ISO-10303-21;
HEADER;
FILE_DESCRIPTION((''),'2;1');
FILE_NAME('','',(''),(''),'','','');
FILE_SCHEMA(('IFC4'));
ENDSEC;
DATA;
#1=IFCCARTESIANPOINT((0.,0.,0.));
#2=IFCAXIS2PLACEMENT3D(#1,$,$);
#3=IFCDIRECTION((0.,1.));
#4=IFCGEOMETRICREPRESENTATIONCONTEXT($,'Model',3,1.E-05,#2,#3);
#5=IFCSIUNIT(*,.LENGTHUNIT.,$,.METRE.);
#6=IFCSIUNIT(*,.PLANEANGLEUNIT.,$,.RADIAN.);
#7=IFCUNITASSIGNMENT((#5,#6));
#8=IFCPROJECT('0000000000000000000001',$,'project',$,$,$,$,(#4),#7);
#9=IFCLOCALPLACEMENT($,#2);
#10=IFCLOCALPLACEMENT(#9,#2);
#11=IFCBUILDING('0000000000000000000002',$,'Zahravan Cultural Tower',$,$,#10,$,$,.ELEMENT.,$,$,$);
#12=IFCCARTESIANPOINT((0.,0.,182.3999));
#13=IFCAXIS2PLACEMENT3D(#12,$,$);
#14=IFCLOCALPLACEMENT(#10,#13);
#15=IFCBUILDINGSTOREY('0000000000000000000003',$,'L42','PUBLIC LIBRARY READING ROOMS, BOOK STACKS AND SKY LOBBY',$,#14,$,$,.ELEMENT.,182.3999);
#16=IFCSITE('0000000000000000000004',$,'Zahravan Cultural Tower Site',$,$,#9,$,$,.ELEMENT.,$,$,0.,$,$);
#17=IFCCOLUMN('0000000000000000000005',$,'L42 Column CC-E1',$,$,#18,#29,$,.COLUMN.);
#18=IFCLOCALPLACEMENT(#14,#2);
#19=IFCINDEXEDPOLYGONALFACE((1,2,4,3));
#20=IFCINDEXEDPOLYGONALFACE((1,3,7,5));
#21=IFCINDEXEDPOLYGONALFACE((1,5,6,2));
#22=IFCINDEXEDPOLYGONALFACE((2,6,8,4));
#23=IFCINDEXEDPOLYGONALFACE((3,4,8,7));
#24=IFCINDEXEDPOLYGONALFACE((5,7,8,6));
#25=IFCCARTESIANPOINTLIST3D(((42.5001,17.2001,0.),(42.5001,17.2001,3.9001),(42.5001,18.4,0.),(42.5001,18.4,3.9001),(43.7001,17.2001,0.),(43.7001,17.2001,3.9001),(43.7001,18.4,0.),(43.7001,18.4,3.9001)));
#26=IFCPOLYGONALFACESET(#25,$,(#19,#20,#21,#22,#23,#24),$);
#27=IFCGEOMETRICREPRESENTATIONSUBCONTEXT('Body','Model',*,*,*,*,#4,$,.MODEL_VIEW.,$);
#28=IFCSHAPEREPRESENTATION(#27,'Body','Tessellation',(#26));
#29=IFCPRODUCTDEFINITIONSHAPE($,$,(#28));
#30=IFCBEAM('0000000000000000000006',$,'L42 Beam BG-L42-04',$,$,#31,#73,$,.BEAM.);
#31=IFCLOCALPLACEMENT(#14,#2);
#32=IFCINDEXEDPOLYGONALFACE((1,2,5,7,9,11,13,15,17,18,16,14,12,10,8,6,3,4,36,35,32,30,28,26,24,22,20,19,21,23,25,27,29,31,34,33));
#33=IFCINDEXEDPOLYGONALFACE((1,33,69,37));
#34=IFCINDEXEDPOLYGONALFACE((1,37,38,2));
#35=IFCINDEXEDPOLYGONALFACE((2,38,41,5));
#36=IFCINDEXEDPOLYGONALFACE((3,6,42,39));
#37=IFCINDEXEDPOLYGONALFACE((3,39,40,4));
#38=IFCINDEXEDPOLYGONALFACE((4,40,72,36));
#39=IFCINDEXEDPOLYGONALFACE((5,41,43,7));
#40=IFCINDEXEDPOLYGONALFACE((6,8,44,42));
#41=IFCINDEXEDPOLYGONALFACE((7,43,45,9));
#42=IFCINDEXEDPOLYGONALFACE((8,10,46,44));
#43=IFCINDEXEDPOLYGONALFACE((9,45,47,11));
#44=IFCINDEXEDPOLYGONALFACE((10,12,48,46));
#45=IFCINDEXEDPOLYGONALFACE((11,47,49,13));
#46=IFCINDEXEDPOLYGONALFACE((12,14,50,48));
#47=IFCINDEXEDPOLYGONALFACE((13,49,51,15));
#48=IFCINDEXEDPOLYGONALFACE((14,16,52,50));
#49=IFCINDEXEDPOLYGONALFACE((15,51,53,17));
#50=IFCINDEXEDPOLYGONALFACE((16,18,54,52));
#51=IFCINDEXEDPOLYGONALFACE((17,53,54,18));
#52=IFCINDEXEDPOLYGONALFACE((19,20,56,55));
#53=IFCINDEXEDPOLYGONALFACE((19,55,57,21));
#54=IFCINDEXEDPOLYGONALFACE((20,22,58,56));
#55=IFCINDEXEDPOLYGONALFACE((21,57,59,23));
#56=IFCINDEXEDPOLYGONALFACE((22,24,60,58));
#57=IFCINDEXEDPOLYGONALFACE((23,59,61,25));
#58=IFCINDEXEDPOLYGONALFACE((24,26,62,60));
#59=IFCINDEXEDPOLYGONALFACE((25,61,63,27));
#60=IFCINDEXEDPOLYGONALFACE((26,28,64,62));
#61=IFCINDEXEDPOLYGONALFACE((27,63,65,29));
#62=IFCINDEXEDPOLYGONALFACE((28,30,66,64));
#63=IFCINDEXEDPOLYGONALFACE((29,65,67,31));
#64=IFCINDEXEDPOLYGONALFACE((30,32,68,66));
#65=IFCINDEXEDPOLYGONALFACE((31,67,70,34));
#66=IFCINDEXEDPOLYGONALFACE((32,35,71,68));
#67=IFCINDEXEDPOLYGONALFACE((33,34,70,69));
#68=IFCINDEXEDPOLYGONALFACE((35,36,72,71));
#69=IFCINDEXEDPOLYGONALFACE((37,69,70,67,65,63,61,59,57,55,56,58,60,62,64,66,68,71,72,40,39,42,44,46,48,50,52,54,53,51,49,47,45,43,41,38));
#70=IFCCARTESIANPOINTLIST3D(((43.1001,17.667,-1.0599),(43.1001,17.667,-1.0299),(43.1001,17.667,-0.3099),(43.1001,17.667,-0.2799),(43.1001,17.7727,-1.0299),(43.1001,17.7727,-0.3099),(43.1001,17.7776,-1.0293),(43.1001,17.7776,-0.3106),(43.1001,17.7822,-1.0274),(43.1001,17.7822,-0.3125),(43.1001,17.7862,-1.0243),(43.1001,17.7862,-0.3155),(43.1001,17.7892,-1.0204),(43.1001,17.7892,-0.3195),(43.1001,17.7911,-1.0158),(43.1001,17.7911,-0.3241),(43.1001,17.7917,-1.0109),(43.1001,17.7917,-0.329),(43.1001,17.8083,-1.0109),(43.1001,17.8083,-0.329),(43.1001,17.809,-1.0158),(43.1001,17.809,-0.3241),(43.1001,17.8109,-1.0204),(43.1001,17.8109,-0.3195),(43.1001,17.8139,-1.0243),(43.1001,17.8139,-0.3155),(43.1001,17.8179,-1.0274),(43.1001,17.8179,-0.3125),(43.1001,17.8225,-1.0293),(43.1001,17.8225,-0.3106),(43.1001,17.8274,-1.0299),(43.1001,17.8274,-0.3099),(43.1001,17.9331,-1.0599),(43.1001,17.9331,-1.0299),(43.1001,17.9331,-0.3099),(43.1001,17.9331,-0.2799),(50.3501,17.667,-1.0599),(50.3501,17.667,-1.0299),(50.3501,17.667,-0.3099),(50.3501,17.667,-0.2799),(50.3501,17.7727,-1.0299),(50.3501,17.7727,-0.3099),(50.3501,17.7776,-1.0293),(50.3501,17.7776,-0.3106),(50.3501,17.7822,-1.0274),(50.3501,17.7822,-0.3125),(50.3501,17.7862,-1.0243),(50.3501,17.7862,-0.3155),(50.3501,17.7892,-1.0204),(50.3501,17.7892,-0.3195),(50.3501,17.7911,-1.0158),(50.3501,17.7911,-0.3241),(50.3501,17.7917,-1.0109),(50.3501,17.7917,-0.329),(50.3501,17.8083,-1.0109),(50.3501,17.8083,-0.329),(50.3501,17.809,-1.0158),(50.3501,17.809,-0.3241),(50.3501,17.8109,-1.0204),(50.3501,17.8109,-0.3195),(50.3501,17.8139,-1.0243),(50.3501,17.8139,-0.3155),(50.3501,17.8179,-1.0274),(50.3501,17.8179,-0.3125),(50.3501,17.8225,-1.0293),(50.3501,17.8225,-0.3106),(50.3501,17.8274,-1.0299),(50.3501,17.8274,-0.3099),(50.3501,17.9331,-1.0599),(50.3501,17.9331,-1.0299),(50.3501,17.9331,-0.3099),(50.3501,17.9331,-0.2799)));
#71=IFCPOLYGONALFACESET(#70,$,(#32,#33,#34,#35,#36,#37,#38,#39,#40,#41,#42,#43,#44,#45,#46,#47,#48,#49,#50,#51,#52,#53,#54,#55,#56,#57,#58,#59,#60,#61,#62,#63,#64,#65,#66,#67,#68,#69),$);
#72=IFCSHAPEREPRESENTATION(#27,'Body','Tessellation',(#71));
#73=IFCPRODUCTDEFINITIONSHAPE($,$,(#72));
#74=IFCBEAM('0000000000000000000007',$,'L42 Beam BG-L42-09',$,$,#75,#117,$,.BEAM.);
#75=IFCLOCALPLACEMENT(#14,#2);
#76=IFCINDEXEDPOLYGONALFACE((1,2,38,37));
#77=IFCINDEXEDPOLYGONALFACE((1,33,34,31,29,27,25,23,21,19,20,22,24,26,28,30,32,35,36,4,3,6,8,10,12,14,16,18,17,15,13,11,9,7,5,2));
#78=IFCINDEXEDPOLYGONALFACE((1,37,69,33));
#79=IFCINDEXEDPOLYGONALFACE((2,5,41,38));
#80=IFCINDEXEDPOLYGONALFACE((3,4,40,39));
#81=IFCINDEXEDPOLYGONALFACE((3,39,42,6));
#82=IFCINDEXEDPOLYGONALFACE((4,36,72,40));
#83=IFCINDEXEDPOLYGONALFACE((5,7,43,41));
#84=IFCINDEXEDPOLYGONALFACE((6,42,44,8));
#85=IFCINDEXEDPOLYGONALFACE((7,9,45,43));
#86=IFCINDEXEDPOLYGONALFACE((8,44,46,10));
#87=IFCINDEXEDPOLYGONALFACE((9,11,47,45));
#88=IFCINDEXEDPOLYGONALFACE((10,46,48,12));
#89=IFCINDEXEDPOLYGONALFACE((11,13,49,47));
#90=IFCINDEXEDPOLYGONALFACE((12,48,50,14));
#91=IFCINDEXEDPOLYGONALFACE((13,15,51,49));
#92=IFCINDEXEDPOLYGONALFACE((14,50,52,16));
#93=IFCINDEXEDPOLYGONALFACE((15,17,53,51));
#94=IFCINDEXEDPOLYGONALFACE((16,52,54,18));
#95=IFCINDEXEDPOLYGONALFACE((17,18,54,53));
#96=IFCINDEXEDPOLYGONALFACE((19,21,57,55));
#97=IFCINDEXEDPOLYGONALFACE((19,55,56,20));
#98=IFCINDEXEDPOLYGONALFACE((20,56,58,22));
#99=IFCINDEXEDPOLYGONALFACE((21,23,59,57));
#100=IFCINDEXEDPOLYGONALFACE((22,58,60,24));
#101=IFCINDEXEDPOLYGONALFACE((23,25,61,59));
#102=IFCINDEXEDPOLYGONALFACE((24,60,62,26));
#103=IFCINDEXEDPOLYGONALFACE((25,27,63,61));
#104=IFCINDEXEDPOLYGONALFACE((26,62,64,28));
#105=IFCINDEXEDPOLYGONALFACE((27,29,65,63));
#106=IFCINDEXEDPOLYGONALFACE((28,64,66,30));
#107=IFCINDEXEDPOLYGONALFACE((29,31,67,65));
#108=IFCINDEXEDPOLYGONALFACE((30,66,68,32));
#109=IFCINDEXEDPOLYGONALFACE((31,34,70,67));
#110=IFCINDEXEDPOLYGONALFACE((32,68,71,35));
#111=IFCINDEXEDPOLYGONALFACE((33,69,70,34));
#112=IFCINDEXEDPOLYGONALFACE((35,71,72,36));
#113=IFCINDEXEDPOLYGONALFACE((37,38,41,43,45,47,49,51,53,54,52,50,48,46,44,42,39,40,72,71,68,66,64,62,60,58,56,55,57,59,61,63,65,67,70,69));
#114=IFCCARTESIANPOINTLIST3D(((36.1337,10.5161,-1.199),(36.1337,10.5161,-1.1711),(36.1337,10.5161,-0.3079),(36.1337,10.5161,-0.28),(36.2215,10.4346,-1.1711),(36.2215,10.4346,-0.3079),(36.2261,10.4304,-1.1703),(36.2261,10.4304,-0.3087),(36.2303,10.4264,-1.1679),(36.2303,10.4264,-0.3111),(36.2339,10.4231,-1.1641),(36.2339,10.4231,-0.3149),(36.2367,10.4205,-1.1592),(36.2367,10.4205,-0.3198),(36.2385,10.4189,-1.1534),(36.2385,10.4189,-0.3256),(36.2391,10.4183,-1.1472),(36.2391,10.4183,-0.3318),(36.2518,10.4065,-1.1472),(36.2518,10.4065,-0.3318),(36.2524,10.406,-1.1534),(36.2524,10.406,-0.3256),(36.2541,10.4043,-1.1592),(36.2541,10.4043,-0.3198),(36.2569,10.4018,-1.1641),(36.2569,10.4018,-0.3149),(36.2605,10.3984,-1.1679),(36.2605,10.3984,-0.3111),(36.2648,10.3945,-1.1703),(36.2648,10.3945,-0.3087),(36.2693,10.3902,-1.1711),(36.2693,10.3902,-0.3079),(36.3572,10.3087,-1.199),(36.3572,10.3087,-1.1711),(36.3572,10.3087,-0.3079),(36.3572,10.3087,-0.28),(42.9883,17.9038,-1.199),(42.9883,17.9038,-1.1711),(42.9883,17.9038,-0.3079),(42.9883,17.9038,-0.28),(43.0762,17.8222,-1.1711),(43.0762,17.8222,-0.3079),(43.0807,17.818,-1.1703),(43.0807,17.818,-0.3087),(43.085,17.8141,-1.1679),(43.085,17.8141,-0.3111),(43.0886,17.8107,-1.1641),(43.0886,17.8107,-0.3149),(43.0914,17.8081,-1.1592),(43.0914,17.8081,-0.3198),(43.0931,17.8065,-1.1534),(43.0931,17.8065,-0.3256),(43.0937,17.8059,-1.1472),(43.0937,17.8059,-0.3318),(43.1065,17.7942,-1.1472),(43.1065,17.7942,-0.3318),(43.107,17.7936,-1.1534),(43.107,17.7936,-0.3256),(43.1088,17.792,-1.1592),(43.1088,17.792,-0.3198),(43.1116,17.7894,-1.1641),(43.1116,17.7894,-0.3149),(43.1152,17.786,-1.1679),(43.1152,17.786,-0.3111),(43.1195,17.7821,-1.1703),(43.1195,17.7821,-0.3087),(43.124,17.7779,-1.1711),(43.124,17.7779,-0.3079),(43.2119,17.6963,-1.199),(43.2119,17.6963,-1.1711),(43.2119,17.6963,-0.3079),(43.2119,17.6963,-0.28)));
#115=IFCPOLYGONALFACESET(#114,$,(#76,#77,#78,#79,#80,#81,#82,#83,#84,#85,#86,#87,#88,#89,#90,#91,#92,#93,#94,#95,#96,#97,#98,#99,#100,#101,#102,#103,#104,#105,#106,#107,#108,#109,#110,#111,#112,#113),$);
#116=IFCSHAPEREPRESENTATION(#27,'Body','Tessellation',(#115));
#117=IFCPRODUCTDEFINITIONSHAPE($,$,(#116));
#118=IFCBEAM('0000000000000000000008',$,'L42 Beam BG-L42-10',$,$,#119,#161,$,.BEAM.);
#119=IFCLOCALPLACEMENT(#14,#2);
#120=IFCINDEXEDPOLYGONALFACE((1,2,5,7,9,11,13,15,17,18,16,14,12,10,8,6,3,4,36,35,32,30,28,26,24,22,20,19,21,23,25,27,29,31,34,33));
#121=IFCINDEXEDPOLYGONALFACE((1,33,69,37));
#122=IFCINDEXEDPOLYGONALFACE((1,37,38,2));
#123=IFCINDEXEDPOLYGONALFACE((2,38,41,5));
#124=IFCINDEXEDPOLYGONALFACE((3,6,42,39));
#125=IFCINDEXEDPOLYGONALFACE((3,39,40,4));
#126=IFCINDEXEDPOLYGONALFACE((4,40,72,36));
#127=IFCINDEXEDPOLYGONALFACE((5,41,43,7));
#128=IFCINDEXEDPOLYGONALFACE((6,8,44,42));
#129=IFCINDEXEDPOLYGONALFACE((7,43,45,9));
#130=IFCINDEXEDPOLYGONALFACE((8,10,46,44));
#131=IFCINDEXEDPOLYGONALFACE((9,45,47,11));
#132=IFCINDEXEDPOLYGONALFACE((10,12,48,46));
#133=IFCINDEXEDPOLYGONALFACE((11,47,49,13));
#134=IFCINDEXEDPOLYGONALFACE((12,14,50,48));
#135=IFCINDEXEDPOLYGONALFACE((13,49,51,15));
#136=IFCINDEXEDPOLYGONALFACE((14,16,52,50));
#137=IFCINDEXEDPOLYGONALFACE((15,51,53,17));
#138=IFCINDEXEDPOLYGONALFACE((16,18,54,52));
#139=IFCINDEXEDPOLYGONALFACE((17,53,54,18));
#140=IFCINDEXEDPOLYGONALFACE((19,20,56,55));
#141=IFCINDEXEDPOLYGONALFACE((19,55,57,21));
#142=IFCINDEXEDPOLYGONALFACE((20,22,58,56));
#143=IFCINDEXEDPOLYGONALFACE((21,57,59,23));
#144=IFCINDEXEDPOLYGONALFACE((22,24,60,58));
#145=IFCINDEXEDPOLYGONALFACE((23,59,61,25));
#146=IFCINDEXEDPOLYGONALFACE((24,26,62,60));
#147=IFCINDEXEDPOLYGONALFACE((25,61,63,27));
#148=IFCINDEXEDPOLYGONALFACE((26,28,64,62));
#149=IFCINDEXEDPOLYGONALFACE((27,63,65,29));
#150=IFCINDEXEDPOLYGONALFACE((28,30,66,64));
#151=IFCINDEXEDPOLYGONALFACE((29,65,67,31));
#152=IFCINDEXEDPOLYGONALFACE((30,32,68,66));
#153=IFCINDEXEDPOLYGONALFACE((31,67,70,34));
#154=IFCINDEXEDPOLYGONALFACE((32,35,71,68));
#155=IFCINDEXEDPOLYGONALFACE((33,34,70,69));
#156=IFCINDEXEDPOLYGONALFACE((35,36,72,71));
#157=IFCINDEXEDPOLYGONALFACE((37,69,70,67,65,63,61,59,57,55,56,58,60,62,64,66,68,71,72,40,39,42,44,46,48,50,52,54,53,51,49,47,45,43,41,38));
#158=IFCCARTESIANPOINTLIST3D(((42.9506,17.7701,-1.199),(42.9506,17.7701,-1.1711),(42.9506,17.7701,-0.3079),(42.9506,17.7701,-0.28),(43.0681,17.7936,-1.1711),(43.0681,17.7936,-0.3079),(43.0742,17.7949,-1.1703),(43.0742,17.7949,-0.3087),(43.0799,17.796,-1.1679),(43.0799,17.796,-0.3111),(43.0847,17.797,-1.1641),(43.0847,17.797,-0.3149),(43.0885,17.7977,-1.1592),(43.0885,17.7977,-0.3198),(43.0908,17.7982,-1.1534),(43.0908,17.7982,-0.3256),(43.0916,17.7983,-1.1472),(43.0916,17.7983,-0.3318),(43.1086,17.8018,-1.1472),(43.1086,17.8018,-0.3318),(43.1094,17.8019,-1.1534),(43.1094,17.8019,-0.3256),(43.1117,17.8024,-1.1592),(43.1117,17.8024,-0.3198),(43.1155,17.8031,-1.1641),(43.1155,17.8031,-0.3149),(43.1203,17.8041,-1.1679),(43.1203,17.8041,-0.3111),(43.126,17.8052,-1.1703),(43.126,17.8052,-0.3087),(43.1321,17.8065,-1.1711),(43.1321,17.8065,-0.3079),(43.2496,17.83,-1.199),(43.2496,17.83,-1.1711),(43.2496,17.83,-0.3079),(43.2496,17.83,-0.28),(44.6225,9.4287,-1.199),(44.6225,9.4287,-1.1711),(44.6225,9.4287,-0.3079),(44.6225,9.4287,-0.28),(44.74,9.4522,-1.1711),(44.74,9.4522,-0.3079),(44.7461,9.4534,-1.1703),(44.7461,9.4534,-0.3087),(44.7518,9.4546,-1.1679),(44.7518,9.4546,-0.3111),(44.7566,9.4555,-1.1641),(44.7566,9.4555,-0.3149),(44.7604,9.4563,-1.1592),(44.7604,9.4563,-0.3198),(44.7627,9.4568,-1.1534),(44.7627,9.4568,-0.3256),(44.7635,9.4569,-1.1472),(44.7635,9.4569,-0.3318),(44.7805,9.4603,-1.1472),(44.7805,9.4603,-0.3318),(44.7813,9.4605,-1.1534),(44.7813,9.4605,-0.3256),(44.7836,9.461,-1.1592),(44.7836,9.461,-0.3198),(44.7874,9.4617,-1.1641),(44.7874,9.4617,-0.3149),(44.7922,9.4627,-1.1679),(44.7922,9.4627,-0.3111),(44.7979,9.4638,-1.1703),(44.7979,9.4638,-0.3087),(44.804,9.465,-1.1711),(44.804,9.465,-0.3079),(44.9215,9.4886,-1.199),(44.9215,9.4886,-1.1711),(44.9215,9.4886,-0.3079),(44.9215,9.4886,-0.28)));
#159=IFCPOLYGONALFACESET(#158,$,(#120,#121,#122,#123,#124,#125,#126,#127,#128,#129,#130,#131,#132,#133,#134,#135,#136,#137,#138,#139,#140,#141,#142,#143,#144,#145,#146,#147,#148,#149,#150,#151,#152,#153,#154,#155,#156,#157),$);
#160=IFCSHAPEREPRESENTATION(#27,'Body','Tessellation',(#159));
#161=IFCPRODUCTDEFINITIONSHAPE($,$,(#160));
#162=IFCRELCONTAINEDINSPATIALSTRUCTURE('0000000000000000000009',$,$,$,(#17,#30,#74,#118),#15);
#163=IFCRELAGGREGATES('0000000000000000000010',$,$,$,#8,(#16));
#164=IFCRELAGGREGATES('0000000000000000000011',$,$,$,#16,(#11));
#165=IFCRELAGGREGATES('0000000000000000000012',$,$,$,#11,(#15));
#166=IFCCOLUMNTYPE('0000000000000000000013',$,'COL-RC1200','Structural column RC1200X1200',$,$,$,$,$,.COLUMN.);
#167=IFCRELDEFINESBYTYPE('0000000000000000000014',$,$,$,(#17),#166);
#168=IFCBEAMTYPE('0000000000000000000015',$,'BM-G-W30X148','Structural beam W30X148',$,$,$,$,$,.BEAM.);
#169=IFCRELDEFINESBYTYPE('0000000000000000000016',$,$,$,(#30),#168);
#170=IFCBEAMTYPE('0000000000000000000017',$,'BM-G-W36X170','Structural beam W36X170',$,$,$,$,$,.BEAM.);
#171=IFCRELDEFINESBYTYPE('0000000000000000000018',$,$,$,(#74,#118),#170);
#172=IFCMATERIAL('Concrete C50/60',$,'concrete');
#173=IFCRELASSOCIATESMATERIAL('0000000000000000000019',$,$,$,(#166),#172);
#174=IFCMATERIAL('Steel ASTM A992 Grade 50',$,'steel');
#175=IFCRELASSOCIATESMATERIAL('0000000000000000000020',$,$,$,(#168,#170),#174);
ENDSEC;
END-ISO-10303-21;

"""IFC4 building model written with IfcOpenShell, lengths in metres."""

from ifc_helpers import new_model, si_unit, direction, frame, origin, origin_2d, place, context, subcontext, project, spatial, rectangle, i_section, extrude, source, transform, mapped, material, material_profile, profile_set, type_object, element, save


model = new_model("IFC4")

# Units and contexts
model_context = context("Model", 3, precision=1e-05, world=origin(), true_north=direction((0.0, 1.0)))
body_context = subcontext(model_context, "Body", "Model", "MODEL_VIEW")
ifc_project = project(units=[si_unit("LENGTHUNIT", "METRE"), si_unit("PLANEANGLEUNIT", "RADIAN")], contexts=[model_context])

# Site, building, storey
site_placement = place(None, origin())
site = spatial("IfcSite", under=ifc_project, at=site_placement, Name="Zahravan Cultural Tower Site", CompositionType="ELEMENT", RefElevation=0.0)
building_placement = place(site_placement, origin())
building = spatial("IfcBuilding", under=site, at=building_placement, Name="Zahravan Cultural Tower", CompositionType="ELEMENT")
storey_placement = place(building_placement, frame((0.0, 0.0, 182.3999)))
storey = spatial("IfcBuildingStorey", under=building, at=storey_placement, Name="L42", Description="PUBLIC LIBRARY READING ROOMS, BOOK STACKS AND SKY LOBBY", CompositionType="ELEMENT", Elevation=182.3999)

# Column
ifc_material_1 = material(Name="Concrete C50/60", Category="concrete")
ifc_material_profile_1 = material_profile(ifc_material_1, rectangle(XDim=1.2, YDim=1.2, at=origin_2d()), Name="RC1200X1200")
ifc_profile_set_1 = profile_set([ifc_material_profile_1], Name="Concrete C50/60")
column_type = type_object("IfcColumnType", Name="COL-RC1200", Description="Structural column RC1200X1200", PredefinedType="COLUMN", material=ifc_profile_set_1)
shared_shape_1 = source(origin(), body_context, "Body", "SweptSolid", [
    extrude(rectangle(XDim=1.2, YDim=1.2, at=origin_2d()), origin(), (0.0, 0.0, 1.0), 3.9001),
])
column_placement = place(storey_placement, frame((43.1001, 17.8, 0.0), z_axis=(0.0, 0.0, 1.0), x_axis=(1.0, 0.0, 0.0)))
element("IfcColumn", 1, at=column_placement, inside=storey, type_object=column_type, Name="L42 Column CC-E1", PredefinedType="COLUMN", context=body_context, shape_type="MappedRepresentation", body=[
    mapped(shared_shape_1, transform((0.0, 0.0, 0.0), x_axis=(1.0, 0.0, 0.0), y_axis=(0.0, 1.0, 0.0), z_axis=(0.0, 0.0, 1.0), scale=1.0)),
])

# Beams
ifc_material_2 = material(Name="Steel ASTM A992 Grade 50", Category="steel")
ifc_material_profile_2 = material_profile(ifc_material_2, i_section(OverallWidth=0.2661, OverallDepth=0.78, WebThickness=0.0166, FlangeThickness=0.03, FilletRadius=0.019, at=origin_2d()), Name="W30X148")
ifc_profile_set_2 = profile_set([ifc_material_profile_2], Name="Steel ASTM A992 Grade 50")
beam_type_1 = type_object("IfcBeamType", Name="BM-G-W30X148", Description="Structural beam W30X148", PredefinedType="BEAM", material=ifc_profile_set_2)
shared_shape_2 = source(origin(), body_context, "Body", "SweptSolid", [
    extrude(i_section(OverallWidth=0.2661, OverallDepth=0.78, WebThickness=0.0166, FlangeThickness=0.03, FilletRadius=0.019, at=origin_2d()), origin(), (0.0, 0.0, 1.0), 7.25),
])
beam_1_placement = place(storey_placement, frame((43.1001, 17.8, -0.6699), z_axis=(1.0, 0.0, 0.0), x_axis=(0.0, 1.0, 0.0)))
element("IfcBeam", 2, at=beam_1_placement, inside=storey, type_object=beam_type_1, Name="L42 Beam BG-L42-04", PredefinedType="BEAM", context=body_context, shape_type="MappedRepresentation", body=[
    mapped(shared_shape_2, transform((0.0, 0.0, 0.0), x_axis=(1.0, 0.0, 0.0), y_axis=(0.0, 1.0, 0.0), z_axis=(0.0, 0.0, 1.0), scale=1.0)),
])
ifc_material_profile_3 = material_profile(ifc_material_2, i_section(OverallWidth=0.3049, OverallDepth=0.9189, WebThickness=0.0173, FlangeThickness=0.0278, FilletRadius=0.0239, at=origin_2d()), Name="W36X170")
ifc_profile_set_3 = profile_set([ifc_material_profile_3], Name="Steel ASTM A992 Grade 50")
beam_type_2 = type_object("IfcBeamType", Name="BM-G-W36X170", Description="Structural beam W36X170", PredefinedType="BEAM", material=ifc_profile_set_3)
shared_shape_3 = source(origin(), body_context, "Body", "SweptSolid", [
    extrude(i_section(OverallWidth=0.3049, OverallDepth=0.9189, WebThickness=0.0173, FlangeThickness=0.0278, FilletRadius=0.0239, at=origin_2d()), origin(), (0.0, 0.0, 1.0), 10.0779),
])
beam_2_placement = place(storey_placement, frame((43.1001, 17.8, -0.7395), z_axis=(-0.68017, -0.733054, 0.0), x_axis=(0.733054, -0.68017, 0.0)))
element("IfcBeam", 3, at=beam_2_placement, inside=storey, type_object=beam_type_2, Name="L42 Beam BG-L42-09", PredefinedType="BEAM", context=body_context, shape_type="MappedRepresentation", body=[
    mapped(shared_shape_3, transform((0.0, 0.0, 0.0), x_axis=(1.0, 0.0, 0.0), y_axis=(0.0, 1.0, 0.0), z_axis=(0.0, 0.0, 1.0), scale=1.0)),
])
shared_shape_4 = source(origin(), body_context, "Body", "SweptSolid", [
    extrude(i_section(OverallWidth=0.3049, OverallDepth=0.9189, WebThickness=0.0173, FlangeThickness=0.0278, FilletRadius=0.0239, at=origin_2d()), origin(), (0.0, 0.0, 1.0), 8.5073),
])
beam_3_placement = place(storey_placement, frame((43.1001, 17.8, -0.7395), z_axis=(0.196525, -0.980499, 0.0), x_axis=(0.980499, 0.196525, 0.0)))
element("IfcBeam", 4, at=beam_3_placement, inside=storey, type_object=beam_type_2, Name="L42 Beam BG-L42-10", PredefinedType="BEAM", context=body_context, shape_type="MappedRepresentation", body=[
    mapped(shared_shape_4, transform((0.0, 0.0, 0.0), x_axis=(1.0, 0.0, 0.0), y_axis=(0.0, 1.0, 0.0), z_axis=(0.0, 0.0, 1.0), scale=1.0)),
])

save(model, "model.ifc")
